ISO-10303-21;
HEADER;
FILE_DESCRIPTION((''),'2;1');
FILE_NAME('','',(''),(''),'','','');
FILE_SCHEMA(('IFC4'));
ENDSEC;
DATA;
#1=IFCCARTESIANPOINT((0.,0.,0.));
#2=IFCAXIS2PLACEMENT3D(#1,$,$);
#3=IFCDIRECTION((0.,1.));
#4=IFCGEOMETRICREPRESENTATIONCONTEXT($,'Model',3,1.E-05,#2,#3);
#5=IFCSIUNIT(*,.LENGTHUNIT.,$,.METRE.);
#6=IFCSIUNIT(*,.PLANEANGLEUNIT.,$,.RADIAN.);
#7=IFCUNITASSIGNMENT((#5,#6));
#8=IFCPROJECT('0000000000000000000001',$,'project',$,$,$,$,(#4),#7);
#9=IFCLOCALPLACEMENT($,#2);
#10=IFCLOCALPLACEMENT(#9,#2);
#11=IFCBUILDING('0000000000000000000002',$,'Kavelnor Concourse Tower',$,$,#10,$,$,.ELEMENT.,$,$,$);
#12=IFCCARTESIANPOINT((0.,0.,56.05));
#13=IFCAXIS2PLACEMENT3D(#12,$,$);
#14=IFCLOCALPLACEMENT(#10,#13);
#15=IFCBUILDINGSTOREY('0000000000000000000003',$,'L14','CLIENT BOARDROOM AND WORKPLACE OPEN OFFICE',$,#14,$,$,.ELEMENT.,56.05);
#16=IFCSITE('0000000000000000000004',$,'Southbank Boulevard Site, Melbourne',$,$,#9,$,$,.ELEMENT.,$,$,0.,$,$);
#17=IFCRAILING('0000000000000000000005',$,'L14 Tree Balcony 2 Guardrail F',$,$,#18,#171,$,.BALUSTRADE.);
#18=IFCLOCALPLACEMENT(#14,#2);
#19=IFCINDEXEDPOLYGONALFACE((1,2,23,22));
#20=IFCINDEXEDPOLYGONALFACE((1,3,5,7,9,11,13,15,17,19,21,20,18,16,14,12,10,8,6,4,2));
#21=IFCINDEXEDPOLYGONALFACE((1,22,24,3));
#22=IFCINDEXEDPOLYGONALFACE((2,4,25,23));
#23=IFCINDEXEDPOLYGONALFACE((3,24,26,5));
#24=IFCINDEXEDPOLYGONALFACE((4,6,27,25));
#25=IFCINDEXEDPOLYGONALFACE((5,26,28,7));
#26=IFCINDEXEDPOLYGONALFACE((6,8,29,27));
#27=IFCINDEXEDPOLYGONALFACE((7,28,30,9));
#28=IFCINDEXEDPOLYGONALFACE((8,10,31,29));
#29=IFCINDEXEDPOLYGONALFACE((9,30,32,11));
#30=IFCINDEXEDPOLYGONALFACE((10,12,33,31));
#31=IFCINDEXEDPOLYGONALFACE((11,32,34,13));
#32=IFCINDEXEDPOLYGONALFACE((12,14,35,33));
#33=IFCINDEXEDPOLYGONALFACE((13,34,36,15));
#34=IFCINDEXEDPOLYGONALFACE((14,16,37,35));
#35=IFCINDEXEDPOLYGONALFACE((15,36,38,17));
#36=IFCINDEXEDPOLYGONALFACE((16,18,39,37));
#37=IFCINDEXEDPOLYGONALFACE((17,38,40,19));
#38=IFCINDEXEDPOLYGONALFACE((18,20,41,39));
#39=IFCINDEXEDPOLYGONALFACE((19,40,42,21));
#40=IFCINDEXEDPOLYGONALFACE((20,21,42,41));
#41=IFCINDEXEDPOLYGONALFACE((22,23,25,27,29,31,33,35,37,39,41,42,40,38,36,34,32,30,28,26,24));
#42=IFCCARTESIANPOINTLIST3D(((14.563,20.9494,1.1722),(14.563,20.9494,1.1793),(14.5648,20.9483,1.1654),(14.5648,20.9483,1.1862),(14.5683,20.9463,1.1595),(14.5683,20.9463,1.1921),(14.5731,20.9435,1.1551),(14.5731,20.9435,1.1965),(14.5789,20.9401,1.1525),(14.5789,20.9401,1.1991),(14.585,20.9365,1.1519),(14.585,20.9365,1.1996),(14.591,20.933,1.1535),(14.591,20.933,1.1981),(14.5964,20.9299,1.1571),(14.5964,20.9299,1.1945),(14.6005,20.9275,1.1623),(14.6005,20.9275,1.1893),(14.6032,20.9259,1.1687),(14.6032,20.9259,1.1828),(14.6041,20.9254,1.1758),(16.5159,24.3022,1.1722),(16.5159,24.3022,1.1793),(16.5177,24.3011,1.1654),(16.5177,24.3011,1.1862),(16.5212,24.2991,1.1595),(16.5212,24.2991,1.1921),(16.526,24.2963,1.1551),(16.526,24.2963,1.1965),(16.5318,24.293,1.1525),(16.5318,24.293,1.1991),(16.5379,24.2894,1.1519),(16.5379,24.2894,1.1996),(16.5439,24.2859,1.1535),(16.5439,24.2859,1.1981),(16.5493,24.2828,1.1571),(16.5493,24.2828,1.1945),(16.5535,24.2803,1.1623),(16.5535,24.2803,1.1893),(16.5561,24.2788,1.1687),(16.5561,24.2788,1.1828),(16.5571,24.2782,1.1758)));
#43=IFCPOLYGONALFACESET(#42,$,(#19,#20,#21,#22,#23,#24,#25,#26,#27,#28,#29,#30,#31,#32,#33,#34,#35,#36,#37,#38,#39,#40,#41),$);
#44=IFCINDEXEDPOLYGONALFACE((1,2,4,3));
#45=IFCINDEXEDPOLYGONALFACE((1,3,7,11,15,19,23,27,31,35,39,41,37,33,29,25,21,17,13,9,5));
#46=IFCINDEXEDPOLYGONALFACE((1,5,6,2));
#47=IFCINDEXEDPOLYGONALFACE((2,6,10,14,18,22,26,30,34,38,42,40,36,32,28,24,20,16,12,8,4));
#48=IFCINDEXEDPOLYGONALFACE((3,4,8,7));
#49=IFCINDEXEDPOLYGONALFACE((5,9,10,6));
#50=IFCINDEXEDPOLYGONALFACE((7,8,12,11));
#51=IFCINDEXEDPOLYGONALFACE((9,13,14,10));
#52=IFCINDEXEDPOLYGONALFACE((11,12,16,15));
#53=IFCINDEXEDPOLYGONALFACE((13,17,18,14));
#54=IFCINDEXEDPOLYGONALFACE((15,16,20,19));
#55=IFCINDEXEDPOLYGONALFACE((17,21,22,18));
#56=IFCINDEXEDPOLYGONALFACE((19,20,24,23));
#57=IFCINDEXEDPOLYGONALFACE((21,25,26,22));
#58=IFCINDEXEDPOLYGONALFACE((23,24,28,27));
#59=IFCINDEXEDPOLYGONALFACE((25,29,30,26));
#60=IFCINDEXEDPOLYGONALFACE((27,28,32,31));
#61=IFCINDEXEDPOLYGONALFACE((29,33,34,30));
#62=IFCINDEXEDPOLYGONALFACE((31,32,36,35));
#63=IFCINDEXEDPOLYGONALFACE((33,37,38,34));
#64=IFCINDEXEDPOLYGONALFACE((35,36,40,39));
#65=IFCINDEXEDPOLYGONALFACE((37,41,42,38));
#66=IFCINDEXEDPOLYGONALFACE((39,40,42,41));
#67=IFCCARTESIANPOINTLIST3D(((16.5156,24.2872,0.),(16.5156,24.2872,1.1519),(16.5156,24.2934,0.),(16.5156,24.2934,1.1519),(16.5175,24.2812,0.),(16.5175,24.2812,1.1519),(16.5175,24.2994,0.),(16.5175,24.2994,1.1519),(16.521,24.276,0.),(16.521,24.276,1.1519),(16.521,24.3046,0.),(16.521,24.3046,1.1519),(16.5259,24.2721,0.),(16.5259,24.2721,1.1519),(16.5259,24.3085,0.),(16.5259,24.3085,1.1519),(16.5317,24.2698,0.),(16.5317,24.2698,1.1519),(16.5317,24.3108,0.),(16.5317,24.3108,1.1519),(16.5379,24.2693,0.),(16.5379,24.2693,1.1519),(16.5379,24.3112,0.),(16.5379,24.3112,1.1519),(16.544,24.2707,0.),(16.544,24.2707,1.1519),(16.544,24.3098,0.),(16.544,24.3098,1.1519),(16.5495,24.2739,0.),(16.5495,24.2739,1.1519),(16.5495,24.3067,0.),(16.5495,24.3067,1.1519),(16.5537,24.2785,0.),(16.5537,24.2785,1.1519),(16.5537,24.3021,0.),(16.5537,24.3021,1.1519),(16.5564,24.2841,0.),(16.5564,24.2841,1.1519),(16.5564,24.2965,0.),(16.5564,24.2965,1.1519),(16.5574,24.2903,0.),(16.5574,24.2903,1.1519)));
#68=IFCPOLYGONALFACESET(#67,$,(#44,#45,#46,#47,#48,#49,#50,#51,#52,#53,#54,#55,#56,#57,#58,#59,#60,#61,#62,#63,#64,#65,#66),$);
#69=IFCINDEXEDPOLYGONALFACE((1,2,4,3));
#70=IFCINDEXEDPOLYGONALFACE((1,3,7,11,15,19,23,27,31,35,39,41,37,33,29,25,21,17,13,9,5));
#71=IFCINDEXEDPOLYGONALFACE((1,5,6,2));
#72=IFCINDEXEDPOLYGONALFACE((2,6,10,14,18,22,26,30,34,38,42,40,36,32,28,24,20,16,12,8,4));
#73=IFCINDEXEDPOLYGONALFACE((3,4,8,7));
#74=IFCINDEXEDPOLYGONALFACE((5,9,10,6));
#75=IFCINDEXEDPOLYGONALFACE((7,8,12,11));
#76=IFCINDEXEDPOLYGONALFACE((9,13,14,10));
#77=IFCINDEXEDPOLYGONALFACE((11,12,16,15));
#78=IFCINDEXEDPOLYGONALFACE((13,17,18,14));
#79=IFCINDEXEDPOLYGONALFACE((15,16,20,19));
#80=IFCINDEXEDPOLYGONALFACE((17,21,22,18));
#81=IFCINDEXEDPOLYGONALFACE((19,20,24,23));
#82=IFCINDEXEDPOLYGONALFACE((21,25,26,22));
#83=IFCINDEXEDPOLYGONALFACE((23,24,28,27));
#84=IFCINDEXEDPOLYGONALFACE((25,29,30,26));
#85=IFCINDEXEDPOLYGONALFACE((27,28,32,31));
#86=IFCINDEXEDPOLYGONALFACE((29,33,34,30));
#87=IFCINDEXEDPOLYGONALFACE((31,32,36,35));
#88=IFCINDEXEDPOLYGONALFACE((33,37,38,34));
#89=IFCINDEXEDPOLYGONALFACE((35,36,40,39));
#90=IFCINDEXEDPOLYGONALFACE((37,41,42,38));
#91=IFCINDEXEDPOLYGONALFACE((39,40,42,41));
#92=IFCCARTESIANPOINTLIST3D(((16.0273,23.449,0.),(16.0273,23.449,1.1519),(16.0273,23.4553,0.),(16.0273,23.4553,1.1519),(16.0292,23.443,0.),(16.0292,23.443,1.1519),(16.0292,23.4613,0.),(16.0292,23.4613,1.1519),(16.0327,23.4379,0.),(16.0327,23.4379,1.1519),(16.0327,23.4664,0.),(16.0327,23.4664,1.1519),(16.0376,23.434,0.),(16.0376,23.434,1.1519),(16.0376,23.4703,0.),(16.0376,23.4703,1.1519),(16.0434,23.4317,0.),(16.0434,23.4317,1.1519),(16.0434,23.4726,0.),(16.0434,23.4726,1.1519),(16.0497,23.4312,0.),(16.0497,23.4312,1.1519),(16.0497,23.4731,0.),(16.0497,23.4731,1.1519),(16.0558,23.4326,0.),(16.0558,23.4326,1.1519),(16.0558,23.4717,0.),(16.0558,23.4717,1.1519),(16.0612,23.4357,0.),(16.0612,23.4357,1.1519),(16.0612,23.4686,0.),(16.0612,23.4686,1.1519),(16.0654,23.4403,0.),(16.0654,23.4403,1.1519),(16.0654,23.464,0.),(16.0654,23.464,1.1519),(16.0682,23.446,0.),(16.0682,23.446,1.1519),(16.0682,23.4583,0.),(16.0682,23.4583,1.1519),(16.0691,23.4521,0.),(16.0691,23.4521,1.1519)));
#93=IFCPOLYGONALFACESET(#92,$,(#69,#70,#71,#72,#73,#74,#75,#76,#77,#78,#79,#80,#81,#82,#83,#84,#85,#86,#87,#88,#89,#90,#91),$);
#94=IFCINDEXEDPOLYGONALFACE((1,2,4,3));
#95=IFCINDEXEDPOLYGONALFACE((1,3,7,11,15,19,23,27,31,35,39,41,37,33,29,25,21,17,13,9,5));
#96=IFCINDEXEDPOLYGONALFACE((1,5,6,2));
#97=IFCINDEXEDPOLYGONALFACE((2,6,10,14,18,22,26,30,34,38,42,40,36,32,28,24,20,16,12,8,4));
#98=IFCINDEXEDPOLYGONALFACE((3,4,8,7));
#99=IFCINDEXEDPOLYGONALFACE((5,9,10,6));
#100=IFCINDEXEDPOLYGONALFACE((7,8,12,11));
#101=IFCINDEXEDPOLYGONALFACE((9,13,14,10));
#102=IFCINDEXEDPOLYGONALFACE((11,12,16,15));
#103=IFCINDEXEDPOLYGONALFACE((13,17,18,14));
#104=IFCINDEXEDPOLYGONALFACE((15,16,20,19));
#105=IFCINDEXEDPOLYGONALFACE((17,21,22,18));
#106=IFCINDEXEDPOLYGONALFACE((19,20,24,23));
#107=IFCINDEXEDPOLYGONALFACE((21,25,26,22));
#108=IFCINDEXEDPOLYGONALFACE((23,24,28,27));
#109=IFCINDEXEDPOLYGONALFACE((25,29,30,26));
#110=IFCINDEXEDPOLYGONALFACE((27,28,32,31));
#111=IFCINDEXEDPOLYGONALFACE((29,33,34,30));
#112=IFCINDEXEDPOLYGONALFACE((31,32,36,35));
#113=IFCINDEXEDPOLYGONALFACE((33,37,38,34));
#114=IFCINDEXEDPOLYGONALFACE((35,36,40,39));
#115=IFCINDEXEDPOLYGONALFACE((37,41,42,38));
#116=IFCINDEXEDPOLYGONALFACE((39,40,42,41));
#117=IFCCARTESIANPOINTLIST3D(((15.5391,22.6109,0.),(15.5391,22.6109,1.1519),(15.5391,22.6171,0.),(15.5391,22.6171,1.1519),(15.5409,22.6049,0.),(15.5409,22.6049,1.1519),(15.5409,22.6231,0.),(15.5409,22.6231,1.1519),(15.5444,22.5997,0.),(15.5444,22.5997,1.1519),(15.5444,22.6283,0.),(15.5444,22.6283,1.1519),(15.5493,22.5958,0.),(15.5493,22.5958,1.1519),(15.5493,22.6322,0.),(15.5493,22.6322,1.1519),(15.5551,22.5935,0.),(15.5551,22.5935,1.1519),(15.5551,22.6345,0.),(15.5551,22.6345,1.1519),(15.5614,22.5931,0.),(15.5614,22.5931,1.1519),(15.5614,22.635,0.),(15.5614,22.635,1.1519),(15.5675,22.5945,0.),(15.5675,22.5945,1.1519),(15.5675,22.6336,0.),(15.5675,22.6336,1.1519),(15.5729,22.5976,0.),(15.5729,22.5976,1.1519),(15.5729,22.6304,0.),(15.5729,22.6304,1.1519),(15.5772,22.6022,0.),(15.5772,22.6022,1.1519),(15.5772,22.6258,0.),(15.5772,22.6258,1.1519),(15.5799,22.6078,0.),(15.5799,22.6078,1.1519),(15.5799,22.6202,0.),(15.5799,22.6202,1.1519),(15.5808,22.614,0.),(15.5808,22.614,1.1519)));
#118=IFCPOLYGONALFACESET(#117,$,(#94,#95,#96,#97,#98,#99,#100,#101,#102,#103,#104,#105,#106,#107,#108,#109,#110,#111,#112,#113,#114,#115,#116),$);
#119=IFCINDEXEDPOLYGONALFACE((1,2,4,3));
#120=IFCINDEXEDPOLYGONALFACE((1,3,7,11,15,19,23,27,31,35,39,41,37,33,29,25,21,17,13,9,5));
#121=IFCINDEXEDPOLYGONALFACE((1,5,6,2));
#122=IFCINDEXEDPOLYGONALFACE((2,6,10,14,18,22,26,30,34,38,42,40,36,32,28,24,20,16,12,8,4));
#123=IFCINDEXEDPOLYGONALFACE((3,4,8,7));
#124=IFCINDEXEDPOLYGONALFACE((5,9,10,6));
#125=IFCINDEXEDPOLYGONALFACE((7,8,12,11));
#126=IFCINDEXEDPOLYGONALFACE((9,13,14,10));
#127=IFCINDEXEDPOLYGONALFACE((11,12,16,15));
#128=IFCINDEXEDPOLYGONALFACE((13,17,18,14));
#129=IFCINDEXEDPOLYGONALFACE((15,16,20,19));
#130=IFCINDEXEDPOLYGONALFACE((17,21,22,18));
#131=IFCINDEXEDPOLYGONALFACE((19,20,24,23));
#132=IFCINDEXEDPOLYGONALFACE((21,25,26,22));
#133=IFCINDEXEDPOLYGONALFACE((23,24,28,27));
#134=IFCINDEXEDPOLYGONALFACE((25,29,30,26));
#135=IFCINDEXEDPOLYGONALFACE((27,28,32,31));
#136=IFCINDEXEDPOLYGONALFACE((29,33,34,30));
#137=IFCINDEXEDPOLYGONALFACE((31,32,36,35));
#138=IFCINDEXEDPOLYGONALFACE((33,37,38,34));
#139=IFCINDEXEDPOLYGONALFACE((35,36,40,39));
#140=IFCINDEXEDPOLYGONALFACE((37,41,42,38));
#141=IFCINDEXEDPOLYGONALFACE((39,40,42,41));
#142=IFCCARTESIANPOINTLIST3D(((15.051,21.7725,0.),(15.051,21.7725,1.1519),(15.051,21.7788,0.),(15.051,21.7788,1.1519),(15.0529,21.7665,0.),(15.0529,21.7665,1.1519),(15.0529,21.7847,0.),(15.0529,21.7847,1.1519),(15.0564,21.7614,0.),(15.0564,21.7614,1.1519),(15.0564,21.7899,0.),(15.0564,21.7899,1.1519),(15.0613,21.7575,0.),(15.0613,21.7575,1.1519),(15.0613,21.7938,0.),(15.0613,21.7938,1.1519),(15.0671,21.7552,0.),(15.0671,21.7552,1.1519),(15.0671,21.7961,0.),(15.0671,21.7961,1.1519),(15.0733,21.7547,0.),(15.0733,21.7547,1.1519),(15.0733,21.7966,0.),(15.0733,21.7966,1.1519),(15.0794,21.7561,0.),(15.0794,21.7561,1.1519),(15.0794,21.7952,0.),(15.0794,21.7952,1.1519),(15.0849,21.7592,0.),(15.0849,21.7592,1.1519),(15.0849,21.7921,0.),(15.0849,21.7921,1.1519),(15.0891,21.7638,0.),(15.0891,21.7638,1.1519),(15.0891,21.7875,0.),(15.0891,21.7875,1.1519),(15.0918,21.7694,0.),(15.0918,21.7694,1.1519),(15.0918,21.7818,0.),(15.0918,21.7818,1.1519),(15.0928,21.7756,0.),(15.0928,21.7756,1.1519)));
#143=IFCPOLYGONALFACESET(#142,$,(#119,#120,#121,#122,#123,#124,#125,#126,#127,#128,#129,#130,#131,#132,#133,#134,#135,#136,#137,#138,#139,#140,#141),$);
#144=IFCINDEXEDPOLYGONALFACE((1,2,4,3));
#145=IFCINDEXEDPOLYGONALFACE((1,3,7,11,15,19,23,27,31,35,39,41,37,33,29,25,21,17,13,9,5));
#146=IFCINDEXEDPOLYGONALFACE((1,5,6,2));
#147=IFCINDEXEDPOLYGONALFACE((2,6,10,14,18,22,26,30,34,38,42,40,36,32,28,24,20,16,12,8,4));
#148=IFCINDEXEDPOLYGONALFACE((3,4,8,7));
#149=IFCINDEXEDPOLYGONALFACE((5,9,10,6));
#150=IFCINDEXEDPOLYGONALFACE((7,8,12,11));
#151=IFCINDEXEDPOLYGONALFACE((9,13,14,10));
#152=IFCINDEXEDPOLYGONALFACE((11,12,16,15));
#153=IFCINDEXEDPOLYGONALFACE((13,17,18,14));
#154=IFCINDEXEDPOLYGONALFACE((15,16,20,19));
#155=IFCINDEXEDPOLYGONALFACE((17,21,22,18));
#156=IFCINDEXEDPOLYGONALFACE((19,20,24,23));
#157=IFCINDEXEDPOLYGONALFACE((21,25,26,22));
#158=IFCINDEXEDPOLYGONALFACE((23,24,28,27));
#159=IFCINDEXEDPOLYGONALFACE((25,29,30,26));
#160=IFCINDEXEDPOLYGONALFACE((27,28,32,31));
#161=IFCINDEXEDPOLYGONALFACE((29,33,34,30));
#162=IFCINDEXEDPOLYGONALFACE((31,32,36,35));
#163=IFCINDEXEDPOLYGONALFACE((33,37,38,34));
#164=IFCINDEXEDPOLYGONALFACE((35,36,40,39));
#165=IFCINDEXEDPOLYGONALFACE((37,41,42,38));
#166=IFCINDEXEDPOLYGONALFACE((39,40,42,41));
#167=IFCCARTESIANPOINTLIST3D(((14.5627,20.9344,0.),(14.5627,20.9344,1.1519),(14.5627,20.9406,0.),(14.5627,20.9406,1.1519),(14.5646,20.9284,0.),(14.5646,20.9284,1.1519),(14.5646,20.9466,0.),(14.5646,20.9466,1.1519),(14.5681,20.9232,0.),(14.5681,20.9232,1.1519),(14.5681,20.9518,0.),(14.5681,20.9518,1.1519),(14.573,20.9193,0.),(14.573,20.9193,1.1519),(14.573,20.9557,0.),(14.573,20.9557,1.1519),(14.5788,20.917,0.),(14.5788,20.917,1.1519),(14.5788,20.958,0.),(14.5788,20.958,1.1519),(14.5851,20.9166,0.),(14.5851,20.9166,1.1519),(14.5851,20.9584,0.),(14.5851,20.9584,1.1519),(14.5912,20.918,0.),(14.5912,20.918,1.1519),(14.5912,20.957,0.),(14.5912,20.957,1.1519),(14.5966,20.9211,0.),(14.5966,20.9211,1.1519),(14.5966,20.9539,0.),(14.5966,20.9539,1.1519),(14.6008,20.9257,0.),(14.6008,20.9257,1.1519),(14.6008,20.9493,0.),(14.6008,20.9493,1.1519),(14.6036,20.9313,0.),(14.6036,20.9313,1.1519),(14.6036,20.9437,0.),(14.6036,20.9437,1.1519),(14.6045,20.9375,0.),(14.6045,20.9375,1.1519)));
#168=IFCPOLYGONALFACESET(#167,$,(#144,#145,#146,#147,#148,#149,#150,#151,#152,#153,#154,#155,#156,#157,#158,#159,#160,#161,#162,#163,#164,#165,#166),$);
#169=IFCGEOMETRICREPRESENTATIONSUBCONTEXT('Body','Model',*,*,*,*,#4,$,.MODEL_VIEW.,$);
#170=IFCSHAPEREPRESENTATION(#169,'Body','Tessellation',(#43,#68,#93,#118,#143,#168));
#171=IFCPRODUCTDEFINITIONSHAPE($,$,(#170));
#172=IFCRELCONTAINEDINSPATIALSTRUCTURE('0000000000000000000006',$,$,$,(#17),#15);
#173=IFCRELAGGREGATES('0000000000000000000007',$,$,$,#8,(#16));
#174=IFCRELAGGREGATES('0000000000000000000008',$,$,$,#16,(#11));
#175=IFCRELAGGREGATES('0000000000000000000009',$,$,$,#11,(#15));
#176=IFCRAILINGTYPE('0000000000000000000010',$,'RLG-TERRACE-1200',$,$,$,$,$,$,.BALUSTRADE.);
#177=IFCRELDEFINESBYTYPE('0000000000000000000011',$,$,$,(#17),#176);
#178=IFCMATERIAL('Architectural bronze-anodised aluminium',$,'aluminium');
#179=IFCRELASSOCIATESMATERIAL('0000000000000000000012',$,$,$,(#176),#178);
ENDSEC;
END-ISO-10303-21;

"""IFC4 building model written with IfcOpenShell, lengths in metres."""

from ifc_helpers import new_model, si_unit, direction, frame, origin, origin_2d, place, context, subcontext, project, spatial, circle, extrude, material, type_object, element, save


model = new_model("IFC4")

# Units and contexts
model_context = context("Model", 3, precision=1e-05, world=origin(), true_north=direction((0.0, 1.0)))
body_context = subcontext(model_context, "Body", "Model", "MODEL_VIEW")
ifc_project = project(units=[si_unit("LENGTHUNIT", "METRE"), si_unit("PLANEANGLEUNIT", "RADIAN")], contexts=[model_context])

# Site, building, storey
site_placement = place(None, origin())
site = spatial("IfcSite", under=ifc_project, at=site_placement, Name="Southbank Boulevard Site, Melbourne", CompositionType="ELEMENT", RefElevation=0.0)
building_placement = place(site_placement, origin())
building = spatial("IfcBuilding", under=site, at=building_placement, Name="Kavelnor Concourse Tower", CompositionType="ELEMENT")
storey_placement = place(building_placement, frame((0.0, 0.0, 56.05)))
storey = spatial("IfcBuildingStorey", under=building, at=storey_placement, Name="L14", Description="CLIENT BOARDROOM AND WORKPLACE OPEN OFFICE", CompositionType="ELEMENT", Elevation=56.05)

# Railing
ifc_material_1 = material(Name="Architectural bronze-anodised aluminium", Category="aluminium")
railing_type_1 = type_object("IfcRailingType", Name="RLG-TERRACE-1200", PredefinedType="BALUSTRADE", material=ifc_material_1)
railing_1_placement = place(storey_placement, frame((16.5364, 24.2903, 0.0)))
element("IfcRailing", 1, at=railing_1_placement, inside=storey, type_object=railing_type_1, Name="L14 Tree Balcony 2 Guardrail F", PredefinedType="BALUSTRADE", context=body_context, shape_type="SweptSolid", body=[
    extrude(circle(Radius=0.0239, at=origin_2d()), frame((0.0, 0.0, 1.1758), z_axis=(-0.503311, -0.864105, 0.0), x_axis=(0.864105, -0.503311, 0.0)), (0.0, 0.0, 1.0), 3.8801),
    extrude(circle(Radius=0.021, at=origin_2d()), origin(), (0.0, 0.0, 1.0), 1.1519),
    extrude(circle(Radius=0.021, at=origin_2d()), frame((-0.4883, -0.8381, 0.0)), (0.0, 0.0, 1.0), 1.1519),
    extrude(circle(Radius=0.021, at=origin_2d()), frame((-0.9766, -1.6763, 0.0)), (0.0, 0.0, 1.0), 1.1519),
    extrude(circle(Radius=0.021, at=origin_2d()), frame((-1.4646, -2.5146, 0.0)), (0.0, 0.0, 1.0), 1.1519),
    extrude(circle(Radius=0.021, at=origin_2d()), frame((-1.9529, -3.3528, 0.0)), (0.0, 0.0, 1.0), 1.1519),
])

save(model, "model.ifc")
